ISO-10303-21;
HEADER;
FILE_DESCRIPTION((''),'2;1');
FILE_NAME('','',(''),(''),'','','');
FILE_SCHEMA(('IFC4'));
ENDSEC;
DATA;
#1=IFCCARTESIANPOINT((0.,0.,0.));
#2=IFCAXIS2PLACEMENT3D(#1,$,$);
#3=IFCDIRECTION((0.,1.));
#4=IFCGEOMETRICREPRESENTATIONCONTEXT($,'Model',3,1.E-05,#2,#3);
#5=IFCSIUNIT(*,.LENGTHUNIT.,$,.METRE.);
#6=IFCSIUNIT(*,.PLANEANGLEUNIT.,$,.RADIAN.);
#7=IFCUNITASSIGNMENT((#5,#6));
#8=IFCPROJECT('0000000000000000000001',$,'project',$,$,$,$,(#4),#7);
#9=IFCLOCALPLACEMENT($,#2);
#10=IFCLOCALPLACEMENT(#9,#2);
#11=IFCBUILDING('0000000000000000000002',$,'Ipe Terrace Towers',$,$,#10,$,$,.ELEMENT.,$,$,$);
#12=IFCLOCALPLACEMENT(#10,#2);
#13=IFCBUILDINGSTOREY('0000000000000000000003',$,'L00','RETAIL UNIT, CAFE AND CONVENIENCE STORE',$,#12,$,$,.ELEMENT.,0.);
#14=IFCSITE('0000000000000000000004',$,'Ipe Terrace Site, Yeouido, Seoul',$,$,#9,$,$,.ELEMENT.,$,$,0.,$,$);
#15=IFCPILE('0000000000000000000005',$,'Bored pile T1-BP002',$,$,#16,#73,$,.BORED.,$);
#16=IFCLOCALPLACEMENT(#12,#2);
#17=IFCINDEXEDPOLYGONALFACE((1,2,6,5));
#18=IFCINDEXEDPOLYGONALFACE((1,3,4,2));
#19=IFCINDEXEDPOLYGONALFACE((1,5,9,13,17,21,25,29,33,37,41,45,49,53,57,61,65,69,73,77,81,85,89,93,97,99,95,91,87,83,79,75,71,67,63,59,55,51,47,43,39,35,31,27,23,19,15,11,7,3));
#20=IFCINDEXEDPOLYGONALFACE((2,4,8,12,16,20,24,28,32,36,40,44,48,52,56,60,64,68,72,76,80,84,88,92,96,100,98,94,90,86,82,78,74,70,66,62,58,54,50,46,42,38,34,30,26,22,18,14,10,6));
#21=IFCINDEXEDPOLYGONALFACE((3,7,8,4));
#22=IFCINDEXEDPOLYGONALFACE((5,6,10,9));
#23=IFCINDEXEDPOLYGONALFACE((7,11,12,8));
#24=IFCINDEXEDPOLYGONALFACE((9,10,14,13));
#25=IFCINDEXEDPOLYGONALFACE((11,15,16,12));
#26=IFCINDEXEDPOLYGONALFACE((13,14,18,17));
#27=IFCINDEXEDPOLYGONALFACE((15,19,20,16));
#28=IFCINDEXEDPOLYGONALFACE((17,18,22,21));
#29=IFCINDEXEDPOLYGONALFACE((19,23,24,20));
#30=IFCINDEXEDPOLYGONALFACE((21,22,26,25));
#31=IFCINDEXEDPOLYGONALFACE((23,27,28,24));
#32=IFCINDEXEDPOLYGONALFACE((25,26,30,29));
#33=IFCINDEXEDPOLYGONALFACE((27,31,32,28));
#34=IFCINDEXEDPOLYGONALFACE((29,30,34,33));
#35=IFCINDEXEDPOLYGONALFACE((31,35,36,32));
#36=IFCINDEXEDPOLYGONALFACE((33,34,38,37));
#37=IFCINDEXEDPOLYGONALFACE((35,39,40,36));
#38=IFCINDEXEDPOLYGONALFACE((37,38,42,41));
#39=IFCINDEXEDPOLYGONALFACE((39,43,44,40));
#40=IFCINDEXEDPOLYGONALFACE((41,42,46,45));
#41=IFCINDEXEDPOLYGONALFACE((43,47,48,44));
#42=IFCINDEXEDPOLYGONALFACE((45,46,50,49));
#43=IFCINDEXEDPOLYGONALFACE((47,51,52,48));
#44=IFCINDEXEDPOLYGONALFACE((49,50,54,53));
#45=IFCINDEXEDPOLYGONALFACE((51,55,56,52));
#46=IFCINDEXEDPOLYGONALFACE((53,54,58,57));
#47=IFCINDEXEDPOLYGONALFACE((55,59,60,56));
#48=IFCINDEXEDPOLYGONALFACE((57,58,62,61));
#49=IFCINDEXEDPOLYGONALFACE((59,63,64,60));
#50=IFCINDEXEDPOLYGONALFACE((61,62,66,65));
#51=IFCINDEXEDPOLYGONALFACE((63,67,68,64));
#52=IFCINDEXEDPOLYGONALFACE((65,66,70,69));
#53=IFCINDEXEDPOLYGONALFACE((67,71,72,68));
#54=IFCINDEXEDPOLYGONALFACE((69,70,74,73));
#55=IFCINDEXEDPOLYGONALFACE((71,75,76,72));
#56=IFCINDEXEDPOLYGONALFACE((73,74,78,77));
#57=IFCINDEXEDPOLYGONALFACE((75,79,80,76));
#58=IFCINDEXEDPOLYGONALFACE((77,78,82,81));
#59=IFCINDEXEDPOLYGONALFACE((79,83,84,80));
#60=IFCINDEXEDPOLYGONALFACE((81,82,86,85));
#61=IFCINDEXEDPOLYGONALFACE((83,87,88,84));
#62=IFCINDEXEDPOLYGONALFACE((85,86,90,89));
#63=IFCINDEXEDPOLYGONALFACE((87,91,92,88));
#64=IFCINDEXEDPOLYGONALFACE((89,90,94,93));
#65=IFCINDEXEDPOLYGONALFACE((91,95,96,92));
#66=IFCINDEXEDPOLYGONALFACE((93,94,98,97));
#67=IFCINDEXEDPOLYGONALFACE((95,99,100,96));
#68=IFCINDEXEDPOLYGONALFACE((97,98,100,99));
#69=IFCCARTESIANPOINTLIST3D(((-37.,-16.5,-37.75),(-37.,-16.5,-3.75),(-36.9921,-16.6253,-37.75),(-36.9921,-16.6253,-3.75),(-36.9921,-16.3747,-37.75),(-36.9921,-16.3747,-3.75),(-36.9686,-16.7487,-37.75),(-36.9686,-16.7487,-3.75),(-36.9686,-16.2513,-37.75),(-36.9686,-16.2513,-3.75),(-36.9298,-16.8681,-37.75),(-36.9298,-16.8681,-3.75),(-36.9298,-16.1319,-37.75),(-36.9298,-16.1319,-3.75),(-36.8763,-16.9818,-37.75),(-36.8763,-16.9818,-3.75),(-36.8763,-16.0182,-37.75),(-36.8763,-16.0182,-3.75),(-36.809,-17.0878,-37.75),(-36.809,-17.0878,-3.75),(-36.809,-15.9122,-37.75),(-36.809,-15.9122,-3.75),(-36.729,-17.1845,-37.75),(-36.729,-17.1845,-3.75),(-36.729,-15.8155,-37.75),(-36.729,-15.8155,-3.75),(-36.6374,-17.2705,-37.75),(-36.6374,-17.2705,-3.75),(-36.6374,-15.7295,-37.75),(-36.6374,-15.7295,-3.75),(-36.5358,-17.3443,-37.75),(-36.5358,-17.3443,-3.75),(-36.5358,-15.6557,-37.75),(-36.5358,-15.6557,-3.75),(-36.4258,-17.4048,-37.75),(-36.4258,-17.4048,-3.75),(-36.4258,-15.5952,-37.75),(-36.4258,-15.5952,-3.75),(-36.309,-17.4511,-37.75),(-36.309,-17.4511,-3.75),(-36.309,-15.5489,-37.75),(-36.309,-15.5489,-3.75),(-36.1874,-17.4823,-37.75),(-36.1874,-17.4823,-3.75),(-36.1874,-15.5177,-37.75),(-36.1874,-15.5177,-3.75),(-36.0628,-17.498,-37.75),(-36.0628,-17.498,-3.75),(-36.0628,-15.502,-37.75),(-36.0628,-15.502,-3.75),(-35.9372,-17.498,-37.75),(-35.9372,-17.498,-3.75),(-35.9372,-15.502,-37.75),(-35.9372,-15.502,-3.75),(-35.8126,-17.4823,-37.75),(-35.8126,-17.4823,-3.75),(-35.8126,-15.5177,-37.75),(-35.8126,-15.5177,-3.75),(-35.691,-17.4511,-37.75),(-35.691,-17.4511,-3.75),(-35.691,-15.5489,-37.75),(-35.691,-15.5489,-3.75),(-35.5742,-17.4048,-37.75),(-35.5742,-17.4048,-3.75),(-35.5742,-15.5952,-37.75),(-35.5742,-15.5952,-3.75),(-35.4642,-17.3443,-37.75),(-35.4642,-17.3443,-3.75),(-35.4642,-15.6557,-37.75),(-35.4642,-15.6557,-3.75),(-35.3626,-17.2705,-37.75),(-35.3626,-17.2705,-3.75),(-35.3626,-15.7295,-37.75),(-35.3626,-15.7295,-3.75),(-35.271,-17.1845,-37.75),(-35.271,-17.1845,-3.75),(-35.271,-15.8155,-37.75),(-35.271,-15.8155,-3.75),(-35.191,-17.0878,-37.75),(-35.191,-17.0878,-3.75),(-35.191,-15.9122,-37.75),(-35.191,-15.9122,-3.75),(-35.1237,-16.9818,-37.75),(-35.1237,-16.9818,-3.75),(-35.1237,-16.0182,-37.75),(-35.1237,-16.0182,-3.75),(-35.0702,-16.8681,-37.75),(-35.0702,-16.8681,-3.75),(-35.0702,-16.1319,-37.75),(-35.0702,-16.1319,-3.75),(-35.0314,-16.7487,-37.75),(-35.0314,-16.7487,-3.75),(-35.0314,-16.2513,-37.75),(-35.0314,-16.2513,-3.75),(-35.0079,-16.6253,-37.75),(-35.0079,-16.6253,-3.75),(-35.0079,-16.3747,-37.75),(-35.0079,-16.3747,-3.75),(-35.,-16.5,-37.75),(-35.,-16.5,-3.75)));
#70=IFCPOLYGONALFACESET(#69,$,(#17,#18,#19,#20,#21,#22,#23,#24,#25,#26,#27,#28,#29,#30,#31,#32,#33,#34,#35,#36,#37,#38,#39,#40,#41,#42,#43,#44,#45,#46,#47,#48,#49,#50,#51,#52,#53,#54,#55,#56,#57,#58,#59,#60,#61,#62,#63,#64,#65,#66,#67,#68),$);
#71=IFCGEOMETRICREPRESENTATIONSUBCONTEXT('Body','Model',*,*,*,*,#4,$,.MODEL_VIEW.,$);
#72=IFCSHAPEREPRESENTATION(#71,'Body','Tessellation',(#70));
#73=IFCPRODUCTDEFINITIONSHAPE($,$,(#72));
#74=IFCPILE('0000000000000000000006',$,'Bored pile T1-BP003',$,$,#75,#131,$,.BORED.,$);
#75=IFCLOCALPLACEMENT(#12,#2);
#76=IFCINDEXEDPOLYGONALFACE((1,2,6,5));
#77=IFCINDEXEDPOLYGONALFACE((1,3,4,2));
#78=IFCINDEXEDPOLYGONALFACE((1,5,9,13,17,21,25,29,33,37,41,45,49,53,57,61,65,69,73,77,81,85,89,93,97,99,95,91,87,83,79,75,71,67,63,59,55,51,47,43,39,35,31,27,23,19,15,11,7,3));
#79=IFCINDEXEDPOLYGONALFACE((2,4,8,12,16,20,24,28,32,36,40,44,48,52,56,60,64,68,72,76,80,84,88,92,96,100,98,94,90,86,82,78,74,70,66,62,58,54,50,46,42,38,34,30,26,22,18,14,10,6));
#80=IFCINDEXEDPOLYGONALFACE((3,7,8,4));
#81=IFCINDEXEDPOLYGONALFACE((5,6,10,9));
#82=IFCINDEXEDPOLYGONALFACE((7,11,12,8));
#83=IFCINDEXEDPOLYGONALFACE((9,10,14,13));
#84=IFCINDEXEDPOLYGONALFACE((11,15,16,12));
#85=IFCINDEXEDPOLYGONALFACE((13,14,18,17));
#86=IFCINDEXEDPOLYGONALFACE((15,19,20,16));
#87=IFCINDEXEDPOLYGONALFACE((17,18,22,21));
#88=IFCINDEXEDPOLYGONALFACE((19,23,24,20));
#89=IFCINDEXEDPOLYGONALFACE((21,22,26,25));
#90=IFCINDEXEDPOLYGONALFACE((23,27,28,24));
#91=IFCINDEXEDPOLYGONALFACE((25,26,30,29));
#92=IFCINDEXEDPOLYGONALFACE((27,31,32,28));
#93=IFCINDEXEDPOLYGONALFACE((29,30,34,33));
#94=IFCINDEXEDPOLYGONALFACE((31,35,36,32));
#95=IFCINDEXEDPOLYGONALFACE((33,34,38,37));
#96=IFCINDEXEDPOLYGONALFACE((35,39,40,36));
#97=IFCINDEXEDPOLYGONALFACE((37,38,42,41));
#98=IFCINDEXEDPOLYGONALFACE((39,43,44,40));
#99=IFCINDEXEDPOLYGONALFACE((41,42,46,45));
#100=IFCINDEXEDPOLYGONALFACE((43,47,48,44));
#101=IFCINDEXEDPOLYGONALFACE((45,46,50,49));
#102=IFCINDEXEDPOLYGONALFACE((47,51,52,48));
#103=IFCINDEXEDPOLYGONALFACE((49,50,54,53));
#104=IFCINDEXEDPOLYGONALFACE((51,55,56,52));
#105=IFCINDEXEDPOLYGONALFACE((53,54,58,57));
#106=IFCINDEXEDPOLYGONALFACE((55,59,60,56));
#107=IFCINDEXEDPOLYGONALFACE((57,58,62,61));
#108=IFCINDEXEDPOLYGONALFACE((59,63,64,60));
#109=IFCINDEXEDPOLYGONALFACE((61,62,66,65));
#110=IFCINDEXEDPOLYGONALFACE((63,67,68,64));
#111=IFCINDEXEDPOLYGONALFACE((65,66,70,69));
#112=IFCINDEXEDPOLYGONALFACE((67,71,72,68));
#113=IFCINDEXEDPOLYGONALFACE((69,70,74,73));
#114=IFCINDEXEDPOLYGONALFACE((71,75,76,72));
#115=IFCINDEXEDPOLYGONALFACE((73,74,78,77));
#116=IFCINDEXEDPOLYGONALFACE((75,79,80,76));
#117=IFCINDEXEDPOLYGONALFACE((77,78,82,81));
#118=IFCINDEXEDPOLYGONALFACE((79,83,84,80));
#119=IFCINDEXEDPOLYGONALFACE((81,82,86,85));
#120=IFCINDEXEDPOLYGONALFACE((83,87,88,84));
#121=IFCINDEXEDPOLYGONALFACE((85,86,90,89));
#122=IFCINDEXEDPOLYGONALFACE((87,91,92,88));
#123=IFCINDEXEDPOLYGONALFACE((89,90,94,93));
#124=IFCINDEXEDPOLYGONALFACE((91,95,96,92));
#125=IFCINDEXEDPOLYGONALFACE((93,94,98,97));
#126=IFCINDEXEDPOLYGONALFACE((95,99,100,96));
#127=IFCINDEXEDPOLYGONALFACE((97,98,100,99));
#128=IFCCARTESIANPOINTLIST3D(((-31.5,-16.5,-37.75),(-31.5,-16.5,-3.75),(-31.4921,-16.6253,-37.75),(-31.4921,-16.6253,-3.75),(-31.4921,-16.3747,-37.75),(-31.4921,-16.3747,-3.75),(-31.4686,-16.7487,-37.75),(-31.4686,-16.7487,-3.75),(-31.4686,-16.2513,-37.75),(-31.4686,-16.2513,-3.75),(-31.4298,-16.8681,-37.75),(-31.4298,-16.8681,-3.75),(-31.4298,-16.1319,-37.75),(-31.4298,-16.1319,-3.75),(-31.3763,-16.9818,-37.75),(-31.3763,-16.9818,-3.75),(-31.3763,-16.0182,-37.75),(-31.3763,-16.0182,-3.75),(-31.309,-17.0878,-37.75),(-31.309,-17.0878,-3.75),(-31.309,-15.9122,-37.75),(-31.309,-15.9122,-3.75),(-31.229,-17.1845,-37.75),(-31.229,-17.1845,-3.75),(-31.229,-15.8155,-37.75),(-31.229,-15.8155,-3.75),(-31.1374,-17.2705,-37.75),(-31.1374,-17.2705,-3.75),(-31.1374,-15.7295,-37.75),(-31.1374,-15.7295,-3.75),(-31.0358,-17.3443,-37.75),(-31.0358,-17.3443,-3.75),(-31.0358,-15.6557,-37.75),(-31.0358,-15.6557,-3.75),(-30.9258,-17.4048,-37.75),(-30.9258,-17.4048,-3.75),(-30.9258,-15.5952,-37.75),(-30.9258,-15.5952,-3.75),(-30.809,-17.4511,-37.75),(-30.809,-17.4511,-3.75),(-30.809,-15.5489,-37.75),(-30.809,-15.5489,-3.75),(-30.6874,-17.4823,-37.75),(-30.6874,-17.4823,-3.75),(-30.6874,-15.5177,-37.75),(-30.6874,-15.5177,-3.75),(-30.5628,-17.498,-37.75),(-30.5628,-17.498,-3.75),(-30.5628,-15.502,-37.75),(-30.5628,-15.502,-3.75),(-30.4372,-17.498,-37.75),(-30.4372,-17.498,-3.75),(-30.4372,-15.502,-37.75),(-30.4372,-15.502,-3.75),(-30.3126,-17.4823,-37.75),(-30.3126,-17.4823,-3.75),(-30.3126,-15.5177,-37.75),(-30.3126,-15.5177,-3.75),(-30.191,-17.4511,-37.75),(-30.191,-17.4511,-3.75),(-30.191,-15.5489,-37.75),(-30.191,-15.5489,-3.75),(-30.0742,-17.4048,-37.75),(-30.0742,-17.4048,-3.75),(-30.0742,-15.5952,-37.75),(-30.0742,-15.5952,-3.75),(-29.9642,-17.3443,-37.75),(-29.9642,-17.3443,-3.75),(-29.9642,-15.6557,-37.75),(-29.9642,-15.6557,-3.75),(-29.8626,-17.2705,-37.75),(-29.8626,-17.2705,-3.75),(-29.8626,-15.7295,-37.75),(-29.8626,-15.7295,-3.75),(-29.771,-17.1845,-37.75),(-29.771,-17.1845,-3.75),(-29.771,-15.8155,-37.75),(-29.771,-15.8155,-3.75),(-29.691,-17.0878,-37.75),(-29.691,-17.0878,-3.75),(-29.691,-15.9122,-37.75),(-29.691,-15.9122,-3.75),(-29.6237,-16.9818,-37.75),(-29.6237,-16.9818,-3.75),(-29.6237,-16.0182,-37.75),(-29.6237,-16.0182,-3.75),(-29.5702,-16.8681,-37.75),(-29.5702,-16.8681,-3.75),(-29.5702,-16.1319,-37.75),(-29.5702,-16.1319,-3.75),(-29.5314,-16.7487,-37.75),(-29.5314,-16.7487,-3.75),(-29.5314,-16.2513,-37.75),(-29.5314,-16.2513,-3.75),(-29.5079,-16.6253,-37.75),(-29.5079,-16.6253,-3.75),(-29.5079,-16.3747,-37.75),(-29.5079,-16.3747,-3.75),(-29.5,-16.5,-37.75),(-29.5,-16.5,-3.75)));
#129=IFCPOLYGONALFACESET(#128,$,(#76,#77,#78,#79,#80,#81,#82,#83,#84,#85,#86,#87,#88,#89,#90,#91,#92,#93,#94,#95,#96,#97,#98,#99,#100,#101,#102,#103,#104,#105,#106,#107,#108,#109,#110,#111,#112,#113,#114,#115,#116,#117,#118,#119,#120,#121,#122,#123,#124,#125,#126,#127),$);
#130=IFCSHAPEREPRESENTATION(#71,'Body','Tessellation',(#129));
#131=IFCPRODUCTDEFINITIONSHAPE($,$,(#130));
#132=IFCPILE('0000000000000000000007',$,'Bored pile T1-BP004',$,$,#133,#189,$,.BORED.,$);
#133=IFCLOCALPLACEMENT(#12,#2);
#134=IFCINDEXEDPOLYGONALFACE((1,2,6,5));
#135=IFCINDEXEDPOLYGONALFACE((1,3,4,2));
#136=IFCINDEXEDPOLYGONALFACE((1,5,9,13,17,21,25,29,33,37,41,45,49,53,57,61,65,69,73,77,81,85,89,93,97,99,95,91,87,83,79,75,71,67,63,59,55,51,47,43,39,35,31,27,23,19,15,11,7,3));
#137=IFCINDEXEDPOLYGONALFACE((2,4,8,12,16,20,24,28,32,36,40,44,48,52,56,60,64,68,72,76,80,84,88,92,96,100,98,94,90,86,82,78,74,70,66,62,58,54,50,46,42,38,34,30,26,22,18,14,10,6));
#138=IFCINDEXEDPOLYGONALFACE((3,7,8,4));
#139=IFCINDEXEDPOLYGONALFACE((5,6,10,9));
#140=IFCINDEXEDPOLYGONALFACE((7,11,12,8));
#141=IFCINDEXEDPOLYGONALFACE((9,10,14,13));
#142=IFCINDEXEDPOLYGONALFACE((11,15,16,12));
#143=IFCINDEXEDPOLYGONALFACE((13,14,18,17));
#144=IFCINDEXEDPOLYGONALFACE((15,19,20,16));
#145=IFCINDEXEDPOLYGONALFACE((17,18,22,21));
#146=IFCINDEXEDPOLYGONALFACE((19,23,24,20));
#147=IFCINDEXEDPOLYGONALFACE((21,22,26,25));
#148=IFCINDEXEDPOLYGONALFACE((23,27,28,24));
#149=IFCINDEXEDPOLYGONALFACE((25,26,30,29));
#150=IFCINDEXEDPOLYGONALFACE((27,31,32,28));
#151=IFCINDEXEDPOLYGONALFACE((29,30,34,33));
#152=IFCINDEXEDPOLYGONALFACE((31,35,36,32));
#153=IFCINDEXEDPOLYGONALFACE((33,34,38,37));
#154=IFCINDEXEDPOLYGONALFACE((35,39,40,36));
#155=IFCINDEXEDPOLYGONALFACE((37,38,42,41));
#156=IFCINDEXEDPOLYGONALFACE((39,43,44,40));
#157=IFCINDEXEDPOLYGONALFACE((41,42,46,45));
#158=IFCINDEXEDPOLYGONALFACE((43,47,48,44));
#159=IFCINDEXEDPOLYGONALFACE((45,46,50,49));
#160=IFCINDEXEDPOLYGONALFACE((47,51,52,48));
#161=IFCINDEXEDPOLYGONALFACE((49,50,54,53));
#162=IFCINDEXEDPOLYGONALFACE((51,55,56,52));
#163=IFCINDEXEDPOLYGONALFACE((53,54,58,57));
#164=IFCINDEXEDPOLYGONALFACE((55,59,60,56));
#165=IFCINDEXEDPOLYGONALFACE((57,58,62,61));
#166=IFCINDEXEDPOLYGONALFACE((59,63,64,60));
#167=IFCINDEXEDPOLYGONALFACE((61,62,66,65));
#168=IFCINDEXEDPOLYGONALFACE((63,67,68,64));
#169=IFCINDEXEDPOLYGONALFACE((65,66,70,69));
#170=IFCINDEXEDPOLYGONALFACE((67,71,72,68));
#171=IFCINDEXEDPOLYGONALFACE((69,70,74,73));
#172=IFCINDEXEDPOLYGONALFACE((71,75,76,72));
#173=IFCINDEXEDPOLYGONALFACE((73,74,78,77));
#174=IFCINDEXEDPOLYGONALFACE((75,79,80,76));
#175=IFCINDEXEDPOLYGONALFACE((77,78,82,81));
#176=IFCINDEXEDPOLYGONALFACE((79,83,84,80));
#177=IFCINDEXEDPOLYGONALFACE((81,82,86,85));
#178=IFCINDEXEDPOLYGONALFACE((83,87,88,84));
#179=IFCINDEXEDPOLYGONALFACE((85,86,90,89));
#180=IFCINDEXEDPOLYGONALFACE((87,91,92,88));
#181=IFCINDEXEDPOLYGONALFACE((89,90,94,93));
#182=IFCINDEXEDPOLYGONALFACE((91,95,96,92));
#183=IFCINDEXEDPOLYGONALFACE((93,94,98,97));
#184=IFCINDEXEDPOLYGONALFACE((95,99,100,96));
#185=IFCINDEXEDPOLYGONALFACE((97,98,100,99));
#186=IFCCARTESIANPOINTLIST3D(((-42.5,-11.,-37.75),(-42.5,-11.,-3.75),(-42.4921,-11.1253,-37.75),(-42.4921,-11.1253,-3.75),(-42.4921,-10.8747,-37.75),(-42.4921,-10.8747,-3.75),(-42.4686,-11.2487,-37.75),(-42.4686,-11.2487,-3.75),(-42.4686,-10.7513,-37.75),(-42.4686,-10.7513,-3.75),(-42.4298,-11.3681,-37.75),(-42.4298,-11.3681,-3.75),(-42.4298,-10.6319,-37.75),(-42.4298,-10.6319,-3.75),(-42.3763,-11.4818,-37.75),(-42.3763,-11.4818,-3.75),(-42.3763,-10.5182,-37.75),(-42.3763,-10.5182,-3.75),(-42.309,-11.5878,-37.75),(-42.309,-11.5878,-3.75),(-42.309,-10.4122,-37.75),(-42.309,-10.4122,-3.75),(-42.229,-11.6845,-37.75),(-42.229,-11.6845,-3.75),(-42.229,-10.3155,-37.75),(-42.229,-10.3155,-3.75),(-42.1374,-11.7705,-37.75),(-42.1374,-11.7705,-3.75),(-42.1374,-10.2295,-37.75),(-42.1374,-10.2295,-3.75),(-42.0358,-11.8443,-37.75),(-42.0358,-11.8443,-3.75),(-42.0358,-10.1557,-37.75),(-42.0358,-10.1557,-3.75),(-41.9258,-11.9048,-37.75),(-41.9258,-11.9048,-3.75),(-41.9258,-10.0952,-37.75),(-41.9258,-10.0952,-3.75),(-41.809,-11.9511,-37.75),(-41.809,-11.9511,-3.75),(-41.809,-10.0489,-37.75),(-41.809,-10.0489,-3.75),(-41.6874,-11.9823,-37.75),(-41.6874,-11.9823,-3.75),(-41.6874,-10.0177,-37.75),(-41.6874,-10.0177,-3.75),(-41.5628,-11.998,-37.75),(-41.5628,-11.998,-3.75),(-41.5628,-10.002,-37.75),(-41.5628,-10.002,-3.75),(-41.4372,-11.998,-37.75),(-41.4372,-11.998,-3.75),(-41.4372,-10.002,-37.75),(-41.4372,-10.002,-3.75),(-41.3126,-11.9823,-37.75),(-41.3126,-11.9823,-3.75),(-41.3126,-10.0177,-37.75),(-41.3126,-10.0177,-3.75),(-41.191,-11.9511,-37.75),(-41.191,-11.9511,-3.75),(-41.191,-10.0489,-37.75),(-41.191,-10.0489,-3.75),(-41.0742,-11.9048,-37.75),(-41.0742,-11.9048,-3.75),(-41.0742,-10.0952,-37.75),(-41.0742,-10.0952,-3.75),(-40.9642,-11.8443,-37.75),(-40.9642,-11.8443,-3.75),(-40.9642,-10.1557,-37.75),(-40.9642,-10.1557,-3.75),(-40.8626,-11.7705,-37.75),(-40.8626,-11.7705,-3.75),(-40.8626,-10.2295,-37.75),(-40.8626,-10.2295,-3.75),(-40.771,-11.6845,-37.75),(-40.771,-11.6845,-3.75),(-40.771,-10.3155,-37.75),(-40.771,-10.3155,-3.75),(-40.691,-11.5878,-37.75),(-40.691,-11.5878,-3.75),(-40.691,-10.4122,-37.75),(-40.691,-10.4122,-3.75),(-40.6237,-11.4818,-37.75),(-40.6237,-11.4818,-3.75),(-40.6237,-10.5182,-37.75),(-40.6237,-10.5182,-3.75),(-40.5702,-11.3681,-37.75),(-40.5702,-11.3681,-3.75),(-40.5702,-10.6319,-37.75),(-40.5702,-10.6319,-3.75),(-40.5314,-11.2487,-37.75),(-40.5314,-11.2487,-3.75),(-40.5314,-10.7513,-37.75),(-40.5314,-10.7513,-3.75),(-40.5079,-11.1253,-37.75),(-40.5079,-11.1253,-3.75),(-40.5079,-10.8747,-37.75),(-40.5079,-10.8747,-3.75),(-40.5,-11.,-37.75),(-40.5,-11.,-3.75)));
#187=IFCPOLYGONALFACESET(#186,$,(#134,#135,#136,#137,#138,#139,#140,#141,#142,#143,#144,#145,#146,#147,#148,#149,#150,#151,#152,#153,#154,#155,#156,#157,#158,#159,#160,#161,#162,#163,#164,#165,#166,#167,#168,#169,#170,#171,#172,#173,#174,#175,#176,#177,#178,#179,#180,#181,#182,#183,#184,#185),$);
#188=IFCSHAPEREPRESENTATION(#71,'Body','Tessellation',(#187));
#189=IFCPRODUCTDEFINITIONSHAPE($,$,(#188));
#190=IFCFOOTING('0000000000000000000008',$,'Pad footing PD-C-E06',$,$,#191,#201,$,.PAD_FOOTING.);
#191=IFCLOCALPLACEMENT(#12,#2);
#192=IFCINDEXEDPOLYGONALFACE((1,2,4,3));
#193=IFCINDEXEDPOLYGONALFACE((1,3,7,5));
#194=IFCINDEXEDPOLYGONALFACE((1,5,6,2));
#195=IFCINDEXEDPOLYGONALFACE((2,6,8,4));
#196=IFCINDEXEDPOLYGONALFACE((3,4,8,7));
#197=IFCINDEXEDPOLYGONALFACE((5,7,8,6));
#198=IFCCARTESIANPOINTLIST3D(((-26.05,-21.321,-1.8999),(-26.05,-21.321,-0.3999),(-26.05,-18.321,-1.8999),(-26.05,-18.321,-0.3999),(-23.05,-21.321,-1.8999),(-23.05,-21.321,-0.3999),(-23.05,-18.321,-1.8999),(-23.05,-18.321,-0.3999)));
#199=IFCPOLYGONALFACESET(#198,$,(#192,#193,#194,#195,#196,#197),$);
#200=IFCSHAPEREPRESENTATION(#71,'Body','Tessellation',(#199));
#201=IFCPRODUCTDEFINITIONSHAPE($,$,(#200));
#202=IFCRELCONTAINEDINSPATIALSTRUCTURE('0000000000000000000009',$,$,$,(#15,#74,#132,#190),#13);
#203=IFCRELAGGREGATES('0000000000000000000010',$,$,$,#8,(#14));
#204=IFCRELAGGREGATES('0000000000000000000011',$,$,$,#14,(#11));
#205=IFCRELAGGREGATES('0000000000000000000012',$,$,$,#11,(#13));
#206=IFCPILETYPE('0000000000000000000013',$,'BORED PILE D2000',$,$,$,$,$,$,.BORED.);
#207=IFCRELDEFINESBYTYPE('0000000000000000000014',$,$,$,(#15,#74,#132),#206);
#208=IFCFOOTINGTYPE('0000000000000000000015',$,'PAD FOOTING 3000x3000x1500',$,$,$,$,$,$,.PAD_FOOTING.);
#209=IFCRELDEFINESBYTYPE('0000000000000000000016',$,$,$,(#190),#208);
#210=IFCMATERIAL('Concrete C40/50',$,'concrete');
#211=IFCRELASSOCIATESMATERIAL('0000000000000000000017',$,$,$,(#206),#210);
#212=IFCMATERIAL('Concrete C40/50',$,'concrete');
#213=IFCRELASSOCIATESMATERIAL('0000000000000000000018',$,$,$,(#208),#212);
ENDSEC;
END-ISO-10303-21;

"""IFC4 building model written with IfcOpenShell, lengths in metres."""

from ifc_helpers import new_model, si_unit, direction, frame, origin, origin_2d, place, context, subcontext, project, spatial, rectangle, circle, extrude, material, material_profile, profile_set, type_object, element, save


model = new_model("IFC4")

# Units and contexts
model_context = context("Model", 3, precision=1e-05, world=origin(), true_north=direction((0.0, 1.0)))
body_context = subcontext(model_context, "Body", "Model", "MODEL_VIEW")
ifc_project = project(units=[si_unit("LENGTHUNIT", "METRE"), si_unit("PLANEANGLEUNIT", "RADIAN")], contexts=[model_context])

# Site, building, storey
site_placement = place(None, origin())
site = spatial("IfcSite", under=ifc_project, at=site_placement, Name="Ipe Terrace Site, Yeouido, Seoul", CompositionType="ELEMENT", RefElevation=0.0)
building_placement = place(site_placement, origin())
building = spatial("IfcBuilding", under=site, at=building_placement, Name="Ipe Terrace Towers", CompositionType="ELEMENT")
storey_placement = place(building_placement, origin())
storey = spatial("IfcBuildingStorey", under=building, at=storey_placement, Name="L00", Description="RETAIL UNIT, CAFE AND CONVENIENCE STORE", CompositionType="ELEMENT", Elevation=0.0)

# Piles
ifc_material_1 = material(Name="Concrete C40/50", Category="concrete")
ifc_material_profile_1 = material_profile(ifc_material_1, circle(Radius=1.0, at=origin_2d()), Name="BORED PILE D2000")
ifc_profile_set_1 = profile_set([ifc_material_profile_1], Name="Concrete C40/50")
pile_type = type_object("IfcPileType", Name="BORED PILE D2000", PredefinedType="BORED", material=ifc_profile_set_1)
for number, where, z_axis, x_axis, name in (
    (1, (-36.0, -16.5, -3.75), (0.0, 0.0, -1.0), (1.0, 0.0, 0.0), "Bored pile T1-BP002"),
    (2, (-30.5, -16.5, -3.75), (0.0, 0.0, -1.0), (1.0, 0.0, 0.0), "Bored pile T1-BP003"),
    (3, (-41.5, -11.0, -3.75), (0.0, 0.0, -1.0), (1.0, 0.0, 0.0), "Bored pile T1-BP004"),
):
    element("IfcPile", number, at=place(storey_placement, frame(where, z_axis=z_axis, x_axis=x_axis)), inside=storey, type_object=pile_type, Name=name, PredefinedType="BORED", context=body_context, shape_type="SweptSolid", body=[
        extrude(circle(Radius=1.0, at=origin_2d()), origin(), (0.0, 0.0, 1.0), 34.0),
    ])

# Footing
ifc_material_2 = material(Name="Concrete C40/50", Category="concrete")
footing_type = type_object("IfcFootingType", Name="PAD FOOTING 3000x3000x1500", PredefinedType="PAD_FOOTING", material=ifc_material_2)
footing_placement = place(storey_placement, frame((-24.55, -19.821, -1.8999), z_axis=(0.0, 0.0, 1.0), x_axis=(1.0, 0.0, 0.0)))
element("IfcFooting", 4, at=footing_placement, inside=storey, type_object=footing_type, Name="Pad footing PD-C-E06", PredefinedType="PAD_FOOTING", context=body_context, shape_type="SweptSolid", body=[
    extrude(rectangle(XDim=3.0, YDim=3.0, at=origin_2d()), origin(), (0.0, 0.0, 1.0), 1.5),
])

save(model, "model.ifc")
